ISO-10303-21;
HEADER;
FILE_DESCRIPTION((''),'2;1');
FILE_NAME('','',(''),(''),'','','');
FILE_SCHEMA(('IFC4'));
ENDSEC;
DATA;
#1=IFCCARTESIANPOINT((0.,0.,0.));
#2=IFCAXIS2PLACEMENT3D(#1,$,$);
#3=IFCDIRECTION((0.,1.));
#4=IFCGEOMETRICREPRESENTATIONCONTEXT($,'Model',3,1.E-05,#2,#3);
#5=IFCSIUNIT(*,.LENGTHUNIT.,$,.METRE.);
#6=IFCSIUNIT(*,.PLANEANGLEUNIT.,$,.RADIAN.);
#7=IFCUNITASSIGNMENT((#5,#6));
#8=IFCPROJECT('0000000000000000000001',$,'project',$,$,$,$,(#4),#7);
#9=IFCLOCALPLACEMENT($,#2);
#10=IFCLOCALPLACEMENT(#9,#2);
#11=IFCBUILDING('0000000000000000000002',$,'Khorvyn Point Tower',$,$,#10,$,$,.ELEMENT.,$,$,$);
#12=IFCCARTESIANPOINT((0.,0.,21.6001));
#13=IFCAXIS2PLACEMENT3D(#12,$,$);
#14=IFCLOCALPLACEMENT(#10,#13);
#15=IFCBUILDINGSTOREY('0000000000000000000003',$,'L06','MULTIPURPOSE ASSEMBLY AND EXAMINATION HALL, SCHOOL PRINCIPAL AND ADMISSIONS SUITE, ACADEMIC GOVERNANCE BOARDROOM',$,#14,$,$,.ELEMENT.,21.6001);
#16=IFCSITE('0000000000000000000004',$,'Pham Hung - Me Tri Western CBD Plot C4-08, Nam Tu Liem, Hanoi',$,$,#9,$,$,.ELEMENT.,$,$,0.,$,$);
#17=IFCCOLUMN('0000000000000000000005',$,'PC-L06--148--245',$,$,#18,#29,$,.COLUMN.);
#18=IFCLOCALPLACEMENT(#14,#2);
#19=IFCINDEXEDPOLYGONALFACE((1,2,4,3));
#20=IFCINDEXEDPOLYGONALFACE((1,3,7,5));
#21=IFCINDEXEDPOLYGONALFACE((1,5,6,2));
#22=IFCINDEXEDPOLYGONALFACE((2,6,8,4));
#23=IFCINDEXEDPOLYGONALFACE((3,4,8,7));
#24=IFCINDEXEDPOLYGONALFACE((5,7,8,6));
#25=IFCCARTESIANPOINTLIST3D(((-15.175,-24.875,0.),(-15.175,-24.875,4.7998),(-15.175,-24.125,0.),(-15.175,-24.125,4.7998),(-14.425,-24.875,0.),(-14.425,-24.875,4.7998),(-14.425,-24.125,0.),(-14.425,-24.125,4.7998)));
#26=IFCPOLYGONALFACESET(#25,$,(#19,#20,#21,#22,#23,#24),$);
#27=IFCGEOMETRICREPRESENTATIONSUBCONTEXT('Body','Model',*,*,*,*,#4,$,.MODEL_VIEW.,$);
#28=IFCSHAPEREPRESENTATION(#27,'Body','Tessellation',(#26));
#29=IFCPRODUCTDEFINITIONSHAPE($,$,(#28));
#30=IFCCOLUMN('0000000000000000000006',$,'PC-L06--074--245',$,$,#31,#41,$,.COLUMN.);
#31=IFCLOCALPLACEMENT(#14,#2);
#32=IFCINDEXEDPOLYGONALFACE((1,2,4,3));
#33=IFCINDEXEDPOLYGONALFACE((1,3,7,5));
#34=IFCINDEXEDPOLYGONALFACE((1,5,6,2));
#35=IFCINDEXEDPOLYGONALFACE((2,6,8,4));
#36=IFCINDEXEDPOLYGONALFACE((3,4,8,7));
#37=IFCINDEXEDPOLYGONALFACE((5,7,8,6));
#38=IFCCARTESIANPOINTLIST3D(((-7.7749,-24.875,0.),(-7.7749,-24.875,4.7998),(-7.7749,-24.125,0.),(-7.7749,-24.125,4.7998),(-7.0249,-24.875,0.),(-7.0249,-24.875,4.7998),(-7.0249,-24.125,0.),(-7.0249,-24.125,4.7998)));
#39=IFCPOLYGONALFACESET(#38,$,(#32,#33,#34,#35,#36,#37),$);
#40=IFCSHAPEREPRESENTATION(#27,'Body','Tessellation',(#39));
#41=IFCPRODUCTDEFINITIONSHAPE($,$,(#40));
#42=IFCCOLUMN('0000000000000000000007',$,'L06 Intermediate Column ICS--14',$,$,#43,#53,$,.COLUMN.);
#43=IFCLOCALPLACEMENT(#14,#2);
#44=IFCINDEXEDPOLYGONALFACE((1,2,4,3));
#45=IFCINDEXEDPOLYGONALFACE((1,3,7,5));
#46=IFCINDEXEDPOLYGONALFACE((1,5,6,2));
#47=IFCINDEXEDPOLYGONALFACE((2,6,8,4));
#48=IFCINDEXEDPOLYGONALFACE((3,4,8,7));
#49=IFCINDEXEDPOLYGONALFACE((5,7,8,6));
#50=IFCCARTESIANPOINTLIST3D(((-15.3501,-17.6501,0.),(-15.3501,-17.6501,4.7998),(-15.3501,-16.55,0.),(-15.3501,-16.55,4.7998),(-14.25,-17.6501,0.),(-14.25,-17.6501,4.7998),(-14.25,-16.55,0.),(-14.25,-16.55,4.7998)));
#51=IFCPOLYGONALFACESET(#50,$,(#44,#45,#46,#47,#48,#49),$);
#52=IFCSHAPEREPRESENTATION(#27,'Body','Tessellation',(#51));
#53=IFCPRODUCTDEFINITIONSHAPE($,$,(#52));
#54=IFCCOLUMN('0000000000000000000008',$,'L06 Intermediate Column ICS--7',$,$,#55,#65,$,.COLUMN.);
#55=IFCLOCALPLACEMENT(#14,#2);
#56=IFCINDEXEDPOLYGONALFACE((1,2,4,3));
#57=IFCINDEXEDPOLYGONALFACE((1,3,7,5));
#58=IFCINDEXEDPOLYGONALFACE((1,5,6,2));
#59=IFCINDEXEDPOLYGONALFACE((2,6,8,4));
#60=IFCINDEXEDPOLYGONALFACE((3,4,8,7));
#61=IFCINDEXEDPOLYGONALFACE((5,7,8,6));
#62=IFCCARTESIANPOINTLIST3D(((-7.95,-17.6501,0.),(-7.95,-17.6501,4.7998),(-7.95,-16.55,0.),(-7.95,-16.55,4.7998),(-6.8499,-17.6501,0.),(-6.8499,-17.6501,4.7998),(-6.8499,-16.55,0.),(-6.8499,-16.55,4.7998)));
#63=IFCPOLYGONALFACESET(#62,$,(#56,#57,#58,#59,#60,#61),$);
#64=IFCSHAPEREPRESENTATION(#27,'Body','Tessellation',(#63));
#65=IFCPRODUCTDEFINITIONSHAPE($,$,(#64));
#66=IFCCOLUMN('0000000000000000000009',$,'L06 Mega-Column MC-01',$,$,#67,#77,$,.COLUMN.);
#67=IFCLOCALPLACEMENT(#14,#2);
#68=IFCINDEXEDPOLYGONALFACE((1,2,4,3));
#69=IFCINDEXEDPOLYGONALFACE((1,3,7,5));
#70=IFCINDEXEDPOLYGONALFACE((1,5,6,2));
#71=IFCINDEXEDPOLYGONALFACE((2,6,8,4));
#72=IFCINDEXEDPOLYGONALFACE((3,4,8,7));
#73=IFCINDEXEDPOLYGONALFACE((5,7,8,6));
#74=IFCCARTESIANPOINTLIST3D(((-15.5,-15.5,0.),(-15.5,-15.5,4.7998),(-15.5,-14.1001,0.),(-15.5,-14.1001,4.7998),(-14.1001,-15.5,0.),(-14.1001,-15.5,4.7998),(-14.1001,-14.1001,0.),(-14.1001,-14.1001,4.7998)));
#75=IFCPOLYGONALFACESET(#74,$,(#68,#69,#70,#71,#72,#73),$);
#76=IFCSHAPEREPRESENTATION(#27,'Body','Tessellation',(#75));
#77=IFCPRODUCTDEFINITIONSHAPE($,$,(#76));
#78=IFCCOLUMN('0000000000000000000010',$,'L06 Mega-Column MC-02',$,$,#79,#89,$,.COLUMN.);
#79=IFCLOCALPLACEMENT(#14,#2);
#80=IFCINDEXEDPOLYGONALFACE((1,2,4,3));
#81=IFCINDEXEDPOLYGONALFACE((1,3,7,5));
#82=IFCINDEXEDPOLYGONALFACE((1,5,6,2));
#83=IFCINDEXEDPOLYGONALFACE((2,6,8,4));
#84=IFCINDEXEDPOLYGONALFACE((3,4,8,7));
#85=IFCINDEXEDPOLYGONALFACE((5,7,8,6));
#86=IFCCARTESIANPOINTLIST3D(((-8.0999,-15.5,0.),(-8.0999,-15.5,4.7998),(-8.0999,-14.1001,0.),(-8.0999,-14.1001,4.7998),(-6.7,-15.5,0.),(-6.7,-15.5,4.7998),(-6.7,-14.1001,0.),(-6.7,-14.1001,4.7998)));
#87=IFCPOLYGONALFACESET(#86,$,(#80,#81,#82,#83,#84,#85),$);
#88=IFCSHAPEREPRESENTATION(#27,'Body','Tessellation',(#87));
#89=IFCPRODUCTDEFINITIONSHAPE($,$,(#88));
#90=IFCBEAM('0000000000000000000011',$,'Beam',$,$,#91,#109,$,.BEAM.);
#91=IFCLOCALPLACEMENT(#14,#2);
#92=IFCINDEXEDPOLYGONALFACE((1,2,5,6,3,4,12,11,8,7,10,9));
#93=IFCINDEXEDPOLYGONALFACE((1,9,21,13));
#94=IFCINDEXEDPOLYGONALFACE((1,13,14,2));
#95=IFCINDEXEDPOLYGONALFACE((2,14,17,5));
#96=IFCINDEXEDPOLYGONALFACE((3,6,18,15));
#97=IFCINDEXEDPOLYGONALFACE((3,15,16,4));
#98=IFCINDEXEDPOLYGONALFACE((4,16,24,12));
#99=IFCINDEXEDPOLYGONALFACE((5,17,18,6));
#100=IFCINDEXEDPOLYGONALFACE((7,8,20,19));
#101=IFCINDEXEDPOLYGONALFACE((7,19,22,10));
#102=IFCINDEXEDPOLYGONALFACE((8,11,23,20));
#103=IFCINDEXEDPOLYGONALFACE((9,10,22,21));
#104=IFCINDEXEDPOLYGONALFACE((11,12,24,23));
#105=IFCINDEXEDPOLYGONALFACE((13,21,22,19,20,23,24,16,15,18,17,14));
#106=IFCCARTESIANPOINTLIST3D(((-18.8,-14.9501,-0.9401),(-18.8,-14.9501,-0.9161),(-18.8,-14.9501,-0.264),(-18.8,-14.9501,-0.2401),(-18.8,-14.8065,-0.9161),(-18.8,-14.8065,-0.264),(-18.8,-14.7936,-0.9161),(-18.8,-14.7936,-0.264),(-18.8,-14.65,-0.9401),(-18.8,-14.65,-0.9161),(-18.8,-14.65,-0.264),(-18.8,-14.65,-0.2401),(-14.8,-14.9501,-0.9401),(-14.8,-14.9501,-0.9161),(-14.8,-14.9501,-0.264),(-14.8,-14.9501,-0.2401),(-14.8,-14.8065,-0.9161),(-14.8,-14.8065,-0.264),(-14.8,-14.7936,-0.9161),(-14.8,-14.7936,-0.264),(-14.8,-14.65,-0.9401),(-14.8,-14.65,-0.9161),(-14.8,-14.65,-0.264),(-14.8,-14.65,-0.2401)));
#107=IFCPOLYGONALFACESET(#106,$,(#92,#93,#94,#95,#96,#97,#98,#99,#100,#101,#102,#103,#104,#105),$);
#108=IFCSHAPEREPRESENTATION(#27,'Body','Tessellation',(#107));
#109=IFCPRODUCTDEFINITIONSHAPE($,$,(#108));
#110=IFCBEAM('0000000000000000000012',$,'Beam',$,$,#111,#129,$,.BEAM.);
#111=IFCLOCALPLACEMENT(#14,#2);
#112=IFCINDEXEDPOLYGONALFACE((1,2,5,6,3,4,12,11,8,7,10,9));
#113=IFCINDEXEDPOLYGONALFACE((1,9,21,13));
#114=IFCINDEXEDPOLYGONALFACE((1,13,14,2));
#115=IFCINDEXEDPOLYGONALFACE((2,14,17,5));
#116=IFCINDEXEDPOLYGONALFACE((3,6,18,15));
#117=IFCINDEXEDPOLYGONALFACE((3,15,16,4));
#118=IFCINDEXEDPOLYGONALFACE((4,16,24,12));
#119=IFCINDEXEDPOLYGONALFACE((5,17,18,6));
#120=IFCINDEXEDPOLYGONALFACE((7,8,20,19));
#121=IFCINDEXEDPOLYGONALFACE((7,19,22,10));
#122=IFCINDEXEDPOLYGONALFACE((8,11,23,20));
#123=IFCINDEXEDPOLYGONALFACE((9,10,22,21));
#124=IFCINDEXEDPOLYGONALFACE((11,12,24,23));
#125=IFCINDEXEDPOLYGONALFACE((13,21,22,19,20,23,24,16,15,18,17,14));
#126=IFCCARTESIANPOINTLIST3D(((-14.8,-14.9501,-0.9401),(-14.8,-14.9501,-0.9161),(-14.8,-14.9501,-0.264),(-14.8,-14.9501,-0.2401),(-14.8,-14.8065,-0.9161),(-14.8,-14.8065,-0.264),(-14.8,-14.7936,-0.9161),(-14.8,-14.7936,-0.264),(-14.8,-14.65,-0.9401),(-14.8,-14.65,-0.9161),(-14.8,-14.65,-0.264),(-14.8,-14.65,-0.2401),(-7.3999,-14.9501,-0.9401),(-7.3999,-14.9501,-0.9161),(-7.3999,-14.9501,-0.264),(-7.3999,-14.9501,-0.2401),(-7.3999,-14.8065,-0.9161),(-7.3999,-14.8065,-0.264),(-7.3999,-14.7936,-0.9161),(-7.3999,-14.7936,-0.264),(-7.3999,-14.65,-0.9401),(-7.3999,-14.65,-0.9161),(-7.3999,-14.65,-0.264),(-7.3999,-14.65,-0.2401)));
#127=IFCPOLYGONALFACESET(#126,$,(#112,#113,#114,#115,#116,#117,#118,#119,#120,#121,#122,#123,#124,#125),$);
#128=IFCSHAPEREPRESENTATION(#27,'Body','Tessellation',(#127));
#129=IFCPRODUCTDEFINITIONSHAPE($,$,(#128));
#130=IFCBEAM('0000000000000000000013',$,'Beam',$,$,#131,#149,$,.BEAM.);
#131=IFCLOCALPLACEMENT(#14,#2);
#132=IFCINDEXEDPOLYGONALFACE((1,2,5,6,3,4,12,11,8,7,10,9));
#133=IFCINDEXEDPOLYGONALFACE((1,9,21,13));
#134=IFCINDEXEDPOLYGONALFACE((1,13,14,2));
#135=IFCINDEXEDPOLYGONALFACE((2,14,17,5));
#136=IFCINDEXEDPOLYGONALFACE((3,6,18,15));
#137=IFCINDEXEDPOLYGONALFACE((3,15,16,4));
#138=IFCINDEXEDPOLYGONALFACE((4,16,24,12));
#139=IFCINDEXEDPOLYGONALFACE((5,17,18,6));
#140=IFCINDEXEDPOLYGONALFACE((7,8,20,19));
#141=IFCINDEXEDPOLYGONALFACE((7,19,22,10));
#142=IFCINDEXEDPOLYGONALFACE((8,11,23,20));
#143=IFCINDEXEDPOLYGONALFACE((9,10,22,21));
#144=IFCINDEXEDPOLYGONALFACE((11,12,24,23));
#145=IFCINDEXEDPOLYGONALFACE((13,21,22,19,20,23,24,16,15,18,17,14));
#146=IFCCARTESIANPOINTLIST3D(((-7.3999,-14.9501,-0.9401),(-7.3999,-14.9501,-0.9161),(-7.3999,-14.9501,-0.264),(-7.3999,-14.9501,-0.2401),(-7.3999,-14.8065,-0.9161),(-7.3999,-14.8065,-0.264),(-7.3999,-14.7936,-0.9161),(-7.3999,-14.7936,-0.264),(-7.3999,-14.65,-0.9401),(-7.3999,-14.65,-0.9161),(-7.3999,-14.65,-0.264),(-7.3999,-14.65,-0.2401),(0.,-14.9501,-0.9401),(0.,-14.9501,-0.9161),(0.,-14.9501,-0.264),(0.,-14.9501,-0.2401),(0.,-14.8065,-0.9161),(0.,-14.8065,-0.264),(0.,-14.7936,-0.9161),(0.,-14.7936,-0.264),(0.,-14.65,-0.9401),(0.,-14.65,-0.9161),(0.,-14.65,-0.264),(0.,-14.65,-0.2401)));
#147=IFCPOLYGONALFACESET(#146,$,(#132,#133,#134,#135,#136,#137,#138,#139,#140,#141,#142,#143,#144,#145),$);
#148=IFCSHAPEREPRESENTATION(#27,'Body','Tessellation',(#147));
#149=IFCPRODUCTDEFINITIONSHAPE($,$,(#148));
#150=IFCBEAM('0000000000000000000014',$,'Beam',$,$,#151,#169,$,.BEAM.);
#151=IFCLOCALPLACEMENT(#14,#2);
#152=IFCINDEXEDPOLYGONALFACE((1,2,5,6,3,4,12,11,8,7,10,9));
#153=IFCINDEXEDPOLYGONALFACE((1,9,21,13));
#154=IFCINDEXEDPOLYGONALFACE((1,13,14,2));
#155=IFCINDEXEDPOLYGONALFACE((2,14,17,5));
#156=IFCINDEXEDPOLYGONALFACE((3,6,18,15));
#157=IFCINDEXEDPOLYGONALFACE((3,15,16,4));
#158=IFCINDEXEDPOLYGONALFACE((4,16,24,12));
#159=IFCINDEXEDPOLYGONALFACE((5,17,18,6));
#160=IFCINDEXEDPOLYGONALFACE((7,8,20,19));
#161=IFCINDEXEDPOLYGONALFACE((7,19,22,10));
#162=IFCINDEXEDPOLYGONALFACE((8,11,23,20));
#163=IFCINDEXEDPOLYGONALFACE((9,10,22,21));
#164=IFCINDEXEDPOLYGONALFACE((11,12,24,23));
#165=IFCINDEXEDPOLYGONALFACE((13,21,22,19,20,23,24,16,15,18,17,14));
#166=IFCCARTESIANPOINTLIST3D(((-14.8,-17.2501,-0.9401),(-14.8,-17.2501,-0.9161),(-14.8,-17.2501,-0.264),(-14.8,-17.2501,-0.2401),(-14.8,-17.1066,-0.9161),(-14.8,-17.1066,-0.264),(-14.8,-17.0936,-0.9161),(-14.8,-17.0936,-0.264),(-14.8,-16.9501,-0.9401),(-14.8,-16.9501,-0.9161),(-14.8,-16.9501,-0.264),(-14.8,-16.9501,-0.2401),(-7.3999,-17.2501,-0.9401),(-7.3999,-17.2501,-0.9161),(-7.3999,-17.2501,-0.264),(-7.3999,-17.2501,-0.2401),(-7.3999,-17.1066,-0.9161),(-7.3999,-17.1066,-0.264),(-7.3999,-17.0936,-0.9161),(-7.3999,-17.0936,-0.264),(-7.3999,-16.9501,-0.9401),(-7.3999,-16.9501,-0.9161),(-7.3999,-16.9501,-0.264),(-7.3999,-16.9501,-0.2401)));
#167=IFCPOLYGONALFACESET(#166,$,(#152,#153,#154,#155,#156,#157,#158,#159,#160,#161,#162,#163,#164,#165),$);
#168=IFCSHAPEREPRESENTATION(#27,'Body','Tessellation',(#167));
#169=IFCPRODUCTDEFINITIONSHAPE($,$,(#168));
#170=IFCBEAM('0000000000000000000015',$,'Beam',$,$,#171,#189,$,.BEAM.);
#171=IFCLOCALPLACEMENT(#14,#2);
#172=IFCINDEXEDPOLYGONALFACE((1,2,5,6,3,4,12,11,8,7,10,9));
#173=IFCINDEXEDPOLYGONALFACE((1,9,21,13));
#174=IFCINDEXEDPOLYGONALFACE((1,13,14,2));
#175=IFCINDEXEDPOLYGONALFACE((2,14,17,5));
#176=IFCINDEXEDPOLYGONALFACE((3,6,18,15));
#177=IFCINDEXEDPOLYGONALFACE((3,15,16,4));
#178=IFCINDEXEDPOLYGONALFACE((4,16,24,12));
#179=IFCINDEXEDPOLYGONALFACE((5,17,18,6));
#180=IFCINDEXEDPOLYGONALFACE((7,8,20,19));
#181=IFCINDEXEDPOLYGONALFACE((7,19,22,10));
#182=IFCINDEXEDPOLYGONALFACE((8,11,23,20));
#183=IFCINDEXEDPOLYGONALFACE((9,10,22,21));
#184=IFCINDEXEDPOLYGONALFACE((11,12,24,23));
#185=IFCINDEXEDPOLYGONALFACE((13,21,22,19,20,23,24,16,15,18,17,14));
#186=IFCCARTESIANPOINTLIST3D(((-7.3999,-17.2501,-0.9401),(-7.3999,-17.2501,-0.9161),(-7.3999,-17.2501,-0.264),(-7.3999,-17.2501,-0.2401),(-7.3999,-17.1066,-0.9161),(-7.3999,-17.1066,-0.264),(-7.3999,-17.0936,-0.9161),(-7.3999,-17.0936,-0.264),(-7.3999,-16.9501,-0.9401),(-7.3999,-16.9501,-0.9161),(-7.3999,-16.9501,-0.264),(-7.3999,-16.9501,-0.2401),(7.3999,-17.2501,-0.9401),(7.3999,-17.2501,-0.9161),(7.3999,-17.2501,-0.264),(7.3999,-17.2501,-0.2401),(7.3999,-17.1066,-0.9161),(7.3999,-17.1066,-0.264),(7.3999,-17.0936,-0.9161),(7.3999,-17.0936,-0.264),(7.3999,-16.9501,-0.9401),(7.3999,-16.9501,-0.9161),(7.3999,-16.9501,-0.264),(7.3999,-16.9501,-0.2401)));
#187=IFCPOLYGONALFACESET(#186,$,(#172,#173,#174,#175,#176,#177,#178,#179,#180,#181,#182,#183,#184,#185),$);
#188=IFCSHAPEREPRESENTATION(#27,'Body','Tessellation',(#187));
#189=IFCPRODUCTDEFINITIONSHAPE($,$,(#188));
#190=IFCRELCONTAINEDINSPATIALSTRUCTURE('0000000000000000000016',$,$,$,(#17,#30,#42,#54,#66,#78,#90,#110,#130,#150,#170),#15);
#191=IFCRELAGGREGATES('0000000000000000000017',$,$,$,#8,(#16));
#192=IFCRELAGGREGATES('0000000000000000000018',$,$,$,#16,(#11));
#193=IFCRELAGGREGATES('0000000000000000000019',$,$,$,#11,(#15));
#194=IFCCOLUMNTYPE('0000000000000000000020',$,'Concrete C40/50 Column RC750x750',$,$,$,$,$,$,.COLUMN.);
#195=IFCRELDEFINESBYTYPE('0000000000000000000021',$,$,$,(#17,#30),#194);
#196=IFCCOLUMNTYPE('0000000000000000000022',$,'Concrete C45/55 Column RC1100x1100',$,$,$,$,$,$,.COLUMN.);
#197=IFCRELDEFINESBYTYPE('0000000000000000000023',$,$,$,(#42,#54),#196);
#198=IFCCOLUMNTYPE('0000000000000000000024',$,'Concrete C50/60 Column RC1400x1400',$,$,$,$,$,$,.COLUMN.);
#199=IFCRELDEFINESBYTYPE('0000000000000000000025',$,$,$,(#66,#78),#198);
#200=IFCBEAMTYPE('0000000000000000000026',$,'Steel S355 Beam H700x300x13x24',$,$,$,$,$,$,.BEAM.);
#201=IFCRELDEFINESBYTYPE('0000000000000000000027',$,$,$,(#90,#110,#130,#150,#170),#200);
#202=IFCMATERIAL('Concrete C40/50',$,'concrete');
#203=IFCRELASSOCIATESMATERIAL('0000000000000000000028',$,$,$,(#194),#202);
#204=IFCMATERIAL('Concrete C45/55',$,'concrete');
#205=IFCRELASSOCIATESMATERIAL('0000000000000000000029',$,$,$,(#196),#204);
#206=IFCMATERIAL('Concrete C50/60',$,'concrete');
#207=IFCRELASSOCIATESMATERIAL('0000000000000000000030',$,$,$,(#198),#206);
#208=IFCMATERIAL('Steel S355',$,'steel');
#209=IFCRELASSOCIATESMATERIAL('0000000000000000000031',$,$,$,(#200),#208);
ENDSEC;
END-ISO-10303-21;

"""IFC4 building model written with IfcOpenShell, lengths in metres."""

from ifc_helpers import new_model, si_unit, direction, frame, origin, origin_2d, place, context, subcontext, project, spatial, rectangle, i_section, extrude, material, material_profile, profile_set, type_object, element, save


model = new_model("IFC4")

# Units and contexts
model_context = context("Model", 3, precision=1e-05, world=origin(), true_north=direction((0.0, 1.0)))
body_context = subcontext(model_context, "Body", "Model", "MODEL_VIEW")
ifc_project = project(units=[si_unit("LENGTHUNIT", "METRE"), si_unit("PLANEANGLEUNIT", "RADIAN")], contexts=[model_context])

# Site, building, storey
site_placement = place(None, origin())
site = spatial("IfcSite", under=ifc_project, at=site_placement, Name="Pham Hung - Me Tri Western CBD Plot C4-08, Nam Tu Liem, Hanoi", CompositionType="ELEMENT", RefElevation=0.0)
building_placement = place(site_placement, origin())
building = spatial("IfcBuilding", under=site, at=building_placement, Name="Khorvyn Point Tower", CompositionType="ELEMENT")
storey_placement = place(building_placement, frame((0.0, 0.0, 21.6001)))
storey = spatial("IfcBuildingStorey", under=building, at=storey_placement, Name="L06", Description="MULTIPURPOSE ASSEMBLY AND EXAMINATION HALL, SCHOOL PRINCIPAL AND ADMISSIONS SUITE, ACADEMIC GOVERNANCE BOARDROOM", CompositionType="ELEMENT", Elevation=21.6001)

# Columns
ifc_material_1 = material(Name="Concrete C40/50", Category="concrete")
ifc_material_profile_1 = material_profile(ifc_material_1, rectangle(XDim=0.75, YDim=0.75, at=origin_2d()))
ifc_profile_set_1 = profile_set([ifc_material_profile_1], Name="Concrete C40/50 RC750x750")
column_type_1 = type_object("IfcColumnType", Name="Concrete C40/50 Column RC750x750", PredefinedType="COLUMN", material=ifc_profile_set_1)
for number, where, z_axis, x_axis, name in (
    (1, (-14.8, -24.5, 0.0), (0.0, 0.0, 1.0), (1.0, 0.0, 0.0), "PC-L06--148--245"),
    (2, (-7.3999, -24.5, 0.0), (0.0, 0.0, 1.0), (1.0, 0.0, 0.0), "PC-L06--074--245"),
):
    element("IfcColumn", number, at=place(storey_placement, frame(where, z_axis=z_axis, x_axis=x_axis)), inside=storey, type_object=column_type_1, Name=name, PredefinedType="COLUMN", context=body_context, shape_type="SweptSolid", body=[
        extrude(rectangle(XDim=0.75, YDim=0.75, at=origin_2d()), origin(), (0.0, 0.0, 1.0), 4.7998),
    ])
ifc_material_2 = material(Name="Concrete C45/55", Category="concrete")
ifc_material_profile_2 = material_profile(ifc_material_2, rectangle(XDim=1.1001, YDim=1.1001, at=origin_2d()))
ifc_profile_set_2 = profile_set([ifc_material_profile_2], Name="Concrete C45/55 RC1100x1100")
column_type_2 = type_object("IfcColumnType", Name="Concrete C45/55 Column RC1100x1100", PredefinedType="COLUMN", material=ifc_profile_set_2)
for number, where, z_axis, x_axis, name in (
    (3, (-14.8, -17.1001, 0.0), (0.0, 0.0, 1.0), (1.0, 0.0, 0.0), "L06 Intermediate Column ICS--14"),
    (4, (-7.3999, -17.1001, 0.0), (0.0, 0.0, 1.0), (1.0, 0.0, 0.0), "L06 Intermediate Column ICS--7"),
):
    element("IfcColumn", number, at=place(storey_placement, frame(where, z_axis=z_axis, x_axis=x_axis)), inside=storey, type_object=column_type_2, Name=name, PredefinedType="COLUMN", context=body_context, shape_type="SweptSolid", body=[
        extrude(rectangle(XDim=1.1001, YDim=1.1001, at=origin_2d()), origin(), (0.0, 0.0, 1.0), 4.7998),
    ])
ifc_material_3 = material(Name="Concrete C50/60", Category="concrete")
ifc_material_profile_3 = material_profile(ifc_material_3, rectangle(XDim=1.3999, YDim=1.3999, at=origin_2d()))
ifc_profile_set_3 = profile_set([ifc_material_profile_3], Name="Concrete C50/60 RC1400x1400")
column_type_3 = type_object("IfcColumnType", Name="Concrete C50/60 Column RC1400x1400", PredefinedType="COLUMN", material=ifc_profile_set_3)
for number, where, z_axis, x_axis, name in (
    (5, (-14.8, -14.8, 0.0), (0.0, 0.0, 1.0), (1.0, 0.0, 0.0), "L06 Mega-Column MC-01"),
    (6, (-7.3999, -14.8, 0.0), (0.0, 0.0, 1.0), (1.0, 0.0, 0.0), "L06 Mega-Column MC-02"),
):
    element("IfcColumn", number, at=place(storey_placement, frame(where, z_axis=z_axis, x_axis=x_axis)), inside=storey, type_object=column_type_3, Name=name, PredefinedType="COLUMN", context=body_context, shape_type="SweptSolid", body=[
        extrude(rectangle(XDim=1.3999, YDim=1.3999, at=origin_2d()), origin(), (0.0, 0.0, 1.0), 4.7998),
    ])

# Beams
ifc_material_4 = material(Name="Steel S355", Category="steel")
ifc_material_profile_4 = material_profile(ifc_material_4, i_section(OverallWidth=0.3, OverallDepth=0.7, WebThickness=0.0129, FlangeThickness=0.0239, at=origin_2d()))
ifc_profile_set_4 = profile_set([ifc_material_profile_4], Name="Steel S355 H700x300x13x24")
beam_type_1 = type_object("IfcBeamType", Name="Steel S355 Beam H700x300x13x24", PredefinedType="BEAM", material=ifc_profile_set_4)
beam_1_placement = place(storey_placement, frame((-18.8, -14.8, -0.5901), z_axis=(1.0, 0.0, 0.0), x_axis=(0.0, 1.0, 0.0)))
element("IfcBeam", 7, at=beam_1_placement, inside=storey, type_object=beam_type_1, Name="Beam", PredefinedType="BEAM", context=body_context, shape_type="SweptSolid", body=[
    extrude(i_section(OverallWidth=0.3, OverallDepth=0.7, WebThickness=0.0129, FlangeThickness=0.0239, at=origin_2d()), origin(), (0.0, 0.0, 1.0), 4.0),
])
beam_2_placement = place(storey_placement, frame((-14.8, -14.8, -0.5901), z_axis=(1.0, 0.0, 0.0), x_axis=(0.0, 1.0, 0.0)))
element("IfcBeam", 8, at=beam_2_placement, inside=storey, type_object=beam_type_1, Name="Beam", PredefinedType="BEAM", context=body_context, shape_type="SweptSolid", body=[
    extrude(i_section(OverallWidth=0.3, OverallDepth=0.7, WebThickness=0.0129, FlangeThickness=0.0239, at=origin_2d()), origin(), (0.0, 0.0, 1.0), 7.4001),
])
beam_3_placement = place(storey_placement, frame((-7.3999, -14.8, -0.5901), z_axis=(1.0, 0.0, 0.0), x_axis=(0.0, 1.0, 0.0)))
element("IfcBeam", 9, at=beam_3_placement, inside=storey, type_object=beam_type_1, Name="Beam", PredefinedType="BEAM", context=body_context, shape_type="SweptSolid", body=[
    extrude(i_section(OverallWidth=0.3, OverallDepth=0.7, WebThickness=0.0129, FlangeThickness=0.0239, at=origin_2d()), origin(), (0.0, 0.0, 1.0), 7.3999),
])
beam_4_placement = place(storey_placement, frame((-14.8, -17.1001, -0.5901), z_axis=(1.0, 0.0, 0.0), x_axis=(0.0, 1.0, 0.0)))
element("IfcBeam", 10, at=beam_4_placement, inside=storey, type_object=beam_type_1, Name="Beam", PredefinedType="BEAM", context=body_context, shape_type="SweptSolid", body=[
    extrude(i_section(OverallWidth=0.3, OverallDepth=0.7, WebThickness=0.0129, FlangeThickness=0.0239, at=origin_2d()), origin(), (0.0, 0.0, 1.0), 7.4001),
])
beam_5_placement = place(storey_placement, frame((-7.3999, -17.1001, -0.5901), z_axis=(1.0, 0.0, 0.0), x_axis=(0.0, 1.0, 0.0)))
element("IfcBeam", 11, at=beam_5_placement, inside=storey, type_object=beam_type_1, Name="Beam", PredefinedType="BEAM", context=body_context, shape_type="SweptSolid", body=[
    extrude(i_section(OverallWidth=0.3, OverallDepth=0.7, WebThickness=0.0129, FlangeThickness=0.0239, at=origin_2d()), origin(), (0.0, 0.0, 1.0), 14.7998),
])

save(model, "model.ifc")
